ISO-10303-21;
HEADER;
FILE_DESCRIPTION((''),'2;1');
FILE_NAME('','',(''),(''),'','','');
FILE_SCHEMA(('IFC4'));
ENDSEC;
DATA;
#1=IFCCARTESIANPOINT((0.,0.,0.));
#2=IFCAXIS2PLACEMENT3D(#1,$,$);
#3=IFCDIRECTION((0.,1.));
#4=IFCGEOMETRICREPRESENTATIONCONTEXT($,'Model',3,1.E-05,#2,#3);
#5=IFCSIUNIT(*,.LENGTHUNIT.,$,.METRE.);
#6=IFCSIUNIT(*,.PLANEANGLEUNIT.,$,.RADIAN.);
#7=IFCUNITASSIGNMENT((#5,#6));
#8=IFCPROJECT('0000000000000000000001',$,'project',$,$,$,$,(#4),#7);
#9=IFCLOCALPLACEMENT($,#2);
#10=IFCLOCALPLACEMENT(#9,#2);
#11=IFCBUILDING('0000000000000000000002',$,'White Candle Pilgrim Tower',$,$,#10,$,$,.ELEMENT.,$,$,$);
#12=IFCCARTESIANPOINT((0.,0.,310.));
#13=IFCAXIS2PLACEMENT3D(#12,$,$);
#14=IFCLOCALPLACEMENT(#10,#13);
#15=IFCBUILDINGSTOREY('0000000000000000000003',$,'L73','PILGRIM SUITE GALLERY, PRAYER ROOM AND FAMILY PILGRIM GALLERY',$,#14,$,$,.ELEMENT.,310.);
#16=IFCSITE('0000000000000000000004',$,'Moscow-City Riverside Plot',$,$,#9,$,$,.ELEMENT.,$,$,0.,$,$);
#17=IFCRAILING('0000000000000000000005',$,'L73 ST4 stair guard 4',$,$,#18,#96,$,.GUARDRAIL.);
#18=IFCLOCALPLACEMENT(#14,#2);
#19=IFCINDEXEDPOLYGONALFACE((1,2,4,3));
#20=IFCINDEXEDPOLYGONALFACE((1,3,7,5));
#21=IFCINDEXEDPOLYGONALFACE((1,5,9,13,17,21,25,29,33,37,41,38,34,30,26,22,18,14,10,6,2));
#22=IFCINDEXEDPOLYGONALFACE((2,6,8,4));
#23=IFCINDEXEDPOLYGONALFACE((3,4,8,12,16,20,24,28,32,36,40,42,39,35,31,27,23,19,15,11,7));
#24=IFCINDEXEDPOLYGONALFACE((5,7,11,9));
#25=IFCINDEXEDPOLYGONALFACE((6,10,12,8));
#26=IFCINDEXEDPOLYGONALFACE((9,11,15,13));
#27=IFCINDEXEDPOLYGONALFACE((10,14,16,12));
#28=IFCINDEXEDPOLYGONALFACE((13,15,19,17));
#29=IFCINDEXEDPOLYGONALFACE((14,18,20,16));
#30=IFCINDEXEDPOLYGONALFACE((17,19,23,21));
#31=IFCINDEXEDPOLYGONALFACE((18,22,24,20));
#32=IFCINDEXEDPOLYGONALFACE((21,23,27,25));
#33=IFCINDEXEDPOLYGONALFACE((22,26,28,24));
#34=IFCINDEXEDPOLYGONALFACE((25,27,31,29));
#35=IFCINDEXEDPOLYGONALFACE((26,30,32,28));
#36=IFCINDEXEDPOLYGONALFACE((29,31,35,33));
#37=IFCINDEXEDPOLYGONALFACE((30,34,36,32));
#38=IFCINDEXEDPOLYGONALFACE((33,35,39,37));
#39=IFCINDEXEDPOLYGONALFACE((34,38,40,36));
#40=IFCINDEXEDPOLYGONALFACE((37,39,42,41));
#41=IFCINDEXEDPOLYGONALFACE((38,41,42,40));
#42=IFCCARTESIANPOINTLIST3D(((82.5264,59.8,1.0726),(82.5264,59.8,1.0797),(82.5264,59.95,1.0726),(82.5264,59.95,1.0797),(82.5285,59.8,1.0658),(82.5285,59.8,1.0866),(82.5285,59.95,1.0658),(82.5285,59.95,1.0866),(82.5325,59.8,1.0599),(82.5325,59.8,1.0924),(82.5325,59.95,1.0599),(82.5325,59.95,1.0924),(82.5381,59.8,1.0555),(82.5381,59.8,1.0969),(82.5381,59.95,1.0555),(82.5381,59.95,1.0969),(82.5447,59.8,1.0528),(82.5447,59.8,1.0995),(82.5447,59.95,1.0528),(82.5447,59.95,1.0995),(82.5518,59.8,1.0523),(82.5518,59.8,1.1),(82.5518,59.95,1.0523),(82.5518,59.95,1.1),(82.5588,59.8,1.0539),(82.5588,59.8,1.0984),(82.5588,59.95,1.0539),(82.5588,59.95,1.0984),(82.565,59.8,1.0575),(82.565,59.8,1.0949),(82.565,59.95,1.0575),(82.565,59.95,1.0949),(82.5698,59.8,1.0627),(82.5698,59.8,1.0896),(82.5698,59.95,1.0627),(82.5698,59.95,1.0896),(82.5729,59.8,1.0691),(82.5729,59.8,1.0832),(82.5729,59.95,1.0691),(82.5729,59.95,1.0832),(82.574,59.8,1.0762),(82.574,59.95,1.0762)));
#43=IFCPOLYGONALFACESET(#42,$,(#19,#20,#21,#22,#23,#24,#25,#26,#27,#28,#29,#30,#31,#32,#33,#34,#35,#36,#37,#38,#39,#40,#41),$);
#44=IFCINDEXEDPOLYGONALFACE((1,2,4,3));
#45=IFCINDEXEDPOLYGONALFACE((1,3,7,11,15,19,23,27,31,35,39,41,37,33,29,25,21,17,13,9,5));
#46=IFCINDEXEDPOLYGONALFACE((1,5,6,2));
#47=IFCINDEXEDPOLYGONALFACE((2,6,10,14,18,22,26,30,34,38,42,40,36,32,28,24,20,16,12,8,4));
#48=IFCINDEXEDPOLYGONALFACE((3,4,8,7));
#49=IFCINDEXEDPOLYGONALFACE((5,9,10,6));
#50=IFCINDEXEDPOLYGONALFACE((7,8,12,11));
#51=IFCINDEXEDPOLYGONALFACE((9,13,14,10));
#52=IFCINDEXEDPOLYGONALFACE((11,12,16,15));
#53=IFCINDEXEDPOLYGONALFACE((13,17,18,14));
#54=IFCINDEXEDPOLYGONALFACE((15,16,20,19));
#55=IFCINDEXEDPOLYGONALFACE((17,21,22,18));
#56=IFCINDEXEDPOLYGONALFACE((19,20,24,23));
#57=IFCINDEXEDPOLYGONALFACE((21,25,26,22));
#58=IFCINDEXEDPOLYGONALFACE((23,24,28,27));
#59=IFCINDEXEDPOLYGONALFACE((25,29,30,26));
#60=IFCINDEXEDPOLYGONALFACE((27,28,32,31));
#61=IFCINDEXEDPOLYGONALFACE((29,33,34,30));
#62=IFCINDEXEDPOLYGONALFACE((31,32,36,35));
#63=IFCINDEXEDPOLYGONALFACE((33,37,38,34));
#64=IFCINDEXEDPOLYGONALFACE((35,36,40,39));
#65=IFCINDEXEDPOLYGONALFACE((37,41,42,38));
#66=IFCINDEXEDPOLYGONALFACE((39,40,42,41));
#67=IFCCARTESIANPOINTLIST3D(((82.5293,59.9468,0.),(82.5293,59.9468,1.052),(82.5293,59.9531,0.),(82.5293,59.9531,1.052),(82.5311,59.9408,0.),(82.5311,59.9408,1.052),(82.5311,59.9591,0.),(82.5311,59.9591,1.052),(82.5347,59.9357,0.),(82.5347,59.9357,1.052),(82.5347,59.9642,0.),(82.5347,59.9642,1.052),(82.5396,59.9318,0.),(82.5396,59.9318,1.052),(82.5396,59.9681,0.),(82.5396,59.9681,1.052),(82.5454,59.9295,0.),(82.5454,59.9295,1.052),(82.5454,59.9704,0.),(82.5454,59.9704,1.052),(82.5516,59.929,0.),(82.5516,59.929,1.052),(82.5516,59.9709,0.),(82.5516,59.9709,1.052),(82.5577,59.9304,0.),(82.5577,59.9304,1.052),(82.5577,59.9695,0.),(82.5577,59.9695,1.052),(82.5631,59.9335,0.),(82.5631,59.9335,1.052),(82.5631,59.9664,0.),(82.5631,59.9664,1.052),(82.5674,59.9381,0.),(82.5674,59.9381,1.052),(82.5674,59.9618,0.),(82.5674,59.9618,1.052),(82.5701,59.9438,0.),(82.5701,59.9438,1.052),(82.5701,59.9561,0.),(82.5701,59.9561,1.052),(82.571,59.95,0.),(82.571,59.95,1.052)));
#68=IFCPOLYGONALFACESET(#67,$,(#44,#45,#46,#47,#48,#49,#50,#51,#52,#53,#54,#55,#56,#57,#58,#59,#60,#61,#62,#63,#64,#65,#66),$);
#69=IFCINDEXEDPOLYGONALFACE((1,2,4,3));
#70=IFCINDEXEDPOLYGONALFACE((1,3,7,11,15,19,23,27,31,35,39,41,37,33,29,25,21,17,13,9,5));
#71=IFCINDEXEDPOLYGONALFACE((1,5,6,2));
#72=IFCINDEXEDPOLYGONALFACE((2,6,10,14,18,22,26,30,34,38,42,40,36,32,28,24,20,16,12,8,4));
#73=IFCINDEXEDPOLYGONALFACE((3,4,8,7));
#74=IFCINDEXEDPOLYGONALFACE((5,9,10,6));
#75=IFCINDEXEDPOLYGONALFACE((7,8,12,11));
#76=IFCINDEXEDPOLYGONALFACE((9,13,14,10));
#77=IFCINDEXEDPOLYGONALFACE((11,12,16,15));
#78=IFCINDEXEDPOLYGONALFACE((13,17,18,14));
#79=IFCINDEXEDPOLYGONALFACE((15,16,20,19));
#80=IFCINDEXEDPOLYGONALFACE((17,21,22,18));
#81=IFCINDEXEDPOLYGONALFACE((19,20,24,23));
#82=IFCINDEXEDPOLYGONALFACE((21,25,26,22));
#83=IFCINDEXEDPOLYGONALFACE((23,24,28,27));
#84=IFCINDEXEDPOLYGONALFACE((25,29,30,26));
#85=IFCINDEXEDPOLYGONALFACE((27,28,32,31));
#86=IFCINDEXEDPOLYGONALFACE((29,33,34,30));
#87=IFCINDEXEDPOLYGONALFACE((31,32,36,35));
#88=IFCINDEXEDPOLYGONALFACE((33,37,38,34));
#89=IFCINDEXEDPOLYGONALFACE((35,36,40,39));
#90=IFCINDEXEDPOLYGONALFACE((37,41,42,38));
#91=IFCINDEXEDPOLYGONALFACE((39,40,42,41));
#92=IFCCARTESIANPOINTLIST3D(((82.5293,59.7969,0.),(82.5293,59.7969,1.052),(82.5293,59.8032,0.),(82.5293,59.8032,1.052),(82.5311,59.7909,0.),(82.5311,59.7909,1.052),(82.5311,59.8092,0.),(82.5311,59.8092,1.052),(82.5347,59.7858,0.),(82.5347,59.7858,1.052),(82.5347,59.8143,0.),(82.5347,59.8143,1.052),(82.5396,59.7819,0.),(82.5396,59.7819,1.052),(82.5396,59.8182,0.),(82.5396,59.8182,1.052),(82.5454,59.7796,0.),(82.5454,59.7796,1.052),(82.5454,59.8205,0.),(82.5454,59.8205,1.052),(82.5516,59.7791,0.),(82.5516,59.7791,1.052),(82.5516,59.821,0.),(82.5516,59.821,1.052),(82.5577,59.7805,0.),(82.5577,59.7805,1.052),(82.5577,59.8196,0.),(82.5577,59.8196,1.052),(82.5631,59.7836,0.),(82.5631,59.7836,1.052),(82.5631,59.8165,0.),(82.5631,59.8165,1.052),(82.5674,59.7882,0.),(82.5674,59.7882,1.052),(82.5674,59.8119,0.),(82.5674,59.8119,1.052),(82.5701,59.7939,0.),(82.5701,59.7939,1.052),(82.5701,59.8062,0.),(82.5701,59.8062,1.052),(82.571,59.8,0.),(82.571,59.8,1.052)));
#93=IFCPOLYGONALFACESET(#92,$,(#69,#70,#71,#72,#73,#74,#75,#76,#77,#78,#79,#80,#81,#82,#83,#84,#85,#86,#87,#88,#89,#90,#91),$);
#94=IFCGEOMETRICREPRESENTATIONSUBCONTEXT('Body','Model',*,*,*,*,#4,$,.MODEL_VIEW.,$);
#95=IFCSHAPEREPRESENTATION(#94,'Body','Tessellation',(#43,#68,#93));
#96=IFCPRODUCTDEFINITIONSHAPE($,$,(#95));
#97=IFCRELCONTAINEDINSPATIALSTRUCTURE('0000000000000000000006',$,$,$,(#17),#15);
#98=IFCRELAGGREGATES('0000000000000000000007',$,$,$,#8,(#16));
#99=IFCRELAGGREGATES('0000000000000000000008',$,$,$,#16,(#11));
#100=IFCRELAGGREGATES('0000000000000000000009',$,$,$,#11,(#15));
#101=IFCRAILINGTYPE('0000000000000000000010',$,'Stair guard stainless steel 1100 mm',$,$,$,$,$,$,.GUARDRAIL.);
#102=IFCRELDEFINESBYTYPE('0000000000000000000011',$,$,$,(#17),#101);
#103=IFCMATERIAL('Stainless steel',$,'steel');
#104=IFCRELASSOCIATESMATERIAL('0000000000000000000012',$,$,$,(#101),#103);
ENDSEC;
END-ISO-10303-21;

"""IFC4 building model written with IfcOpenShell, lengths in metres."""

from ifc_helpers import new_model, si_unit, direction, frame, origin, origin_2d, place, context, subcontext, project, spatial, circle, extrude, material, type_object, element, save


model = new_model("IFC4")

# Units and contexts
model_context = context("Model", 3, precision=1e-05, world=origin(), true_north=direction((0.0, 1.0)))
body_context = subcontext(model_context, "Body", "Model", "MODEL_VIEW")
ifc_project = project(units=[si_unit("LENGTHUNIT", "METRE"), si_unit("PLANEANGLEUNIT", "RADIAN")], contexts=[model_context])

# Site, building, storey
site_placement = place(None, origin())
site = spatial("IfcSite", under=ifc_project, at=site_placement, Name="Moscow-City Riverside Plot", CompositionType="ELEMENT", RefElevation=0.0)
building_placement = place(site_placement, origin())
building = spatial("IfcBuilding", under=site, at=building_placement, Name="White Candle Pilgrim Tower", CompositionType="ELEMENT")
storey_placement = place(building_placement, frame((0.0, 0.0, 310.0)))
storey = spatial("IfcBuildingStorey", under=building, at=storey_placement, Name="L73", Description="PILGRIM SUITE GALLERY, PRAYER ROOM AND FAMILY PILGRIM GALLERY", CompositionType="ELEMENT", Elevation=310.0)

# Railing
ifc_material_1 = material(Name="Stainless steel", Category="steel")
railing_type_1 = type_object("IfcRailingType", Name="Stair guard stainless steel 1100 mm", PredefinedType="GUARDRAIL", material=ifc_material_1)
railing_1_placement = place(storey_placement, frame((82.55, 59.95, 0.0)))
element("IfcRailing", 1, at=railing_1_placement, inside=storey, type_object=railing_type_1, Name="L73 ST4 stair guard 4", PredefinedType="GUARDRAIL", context=body_context, shape_type="SweptSolid", body=[
    extrude(circle(Radius=0.0239, at=origin_2d()), frame((0.0, 0.0, 1.0762), z_axis=(0.0, -1.0, 0.0), x_axis=(1.0, 0.0, 0.0)), (0.0, 0.0, 1.0), 0.1499),
    extrude(circle(Radius=0.021, at=origin_2d()), origin(), (0.0, 0.0, 1.0), 1.052),
    extrude(circle(Radius=0.021, at=origin_2d()), frame((0.0, -0.1499, 0.0)), (0.0, 0.0, 1.0), 1.052),
])

save(model, "model.ifc")
